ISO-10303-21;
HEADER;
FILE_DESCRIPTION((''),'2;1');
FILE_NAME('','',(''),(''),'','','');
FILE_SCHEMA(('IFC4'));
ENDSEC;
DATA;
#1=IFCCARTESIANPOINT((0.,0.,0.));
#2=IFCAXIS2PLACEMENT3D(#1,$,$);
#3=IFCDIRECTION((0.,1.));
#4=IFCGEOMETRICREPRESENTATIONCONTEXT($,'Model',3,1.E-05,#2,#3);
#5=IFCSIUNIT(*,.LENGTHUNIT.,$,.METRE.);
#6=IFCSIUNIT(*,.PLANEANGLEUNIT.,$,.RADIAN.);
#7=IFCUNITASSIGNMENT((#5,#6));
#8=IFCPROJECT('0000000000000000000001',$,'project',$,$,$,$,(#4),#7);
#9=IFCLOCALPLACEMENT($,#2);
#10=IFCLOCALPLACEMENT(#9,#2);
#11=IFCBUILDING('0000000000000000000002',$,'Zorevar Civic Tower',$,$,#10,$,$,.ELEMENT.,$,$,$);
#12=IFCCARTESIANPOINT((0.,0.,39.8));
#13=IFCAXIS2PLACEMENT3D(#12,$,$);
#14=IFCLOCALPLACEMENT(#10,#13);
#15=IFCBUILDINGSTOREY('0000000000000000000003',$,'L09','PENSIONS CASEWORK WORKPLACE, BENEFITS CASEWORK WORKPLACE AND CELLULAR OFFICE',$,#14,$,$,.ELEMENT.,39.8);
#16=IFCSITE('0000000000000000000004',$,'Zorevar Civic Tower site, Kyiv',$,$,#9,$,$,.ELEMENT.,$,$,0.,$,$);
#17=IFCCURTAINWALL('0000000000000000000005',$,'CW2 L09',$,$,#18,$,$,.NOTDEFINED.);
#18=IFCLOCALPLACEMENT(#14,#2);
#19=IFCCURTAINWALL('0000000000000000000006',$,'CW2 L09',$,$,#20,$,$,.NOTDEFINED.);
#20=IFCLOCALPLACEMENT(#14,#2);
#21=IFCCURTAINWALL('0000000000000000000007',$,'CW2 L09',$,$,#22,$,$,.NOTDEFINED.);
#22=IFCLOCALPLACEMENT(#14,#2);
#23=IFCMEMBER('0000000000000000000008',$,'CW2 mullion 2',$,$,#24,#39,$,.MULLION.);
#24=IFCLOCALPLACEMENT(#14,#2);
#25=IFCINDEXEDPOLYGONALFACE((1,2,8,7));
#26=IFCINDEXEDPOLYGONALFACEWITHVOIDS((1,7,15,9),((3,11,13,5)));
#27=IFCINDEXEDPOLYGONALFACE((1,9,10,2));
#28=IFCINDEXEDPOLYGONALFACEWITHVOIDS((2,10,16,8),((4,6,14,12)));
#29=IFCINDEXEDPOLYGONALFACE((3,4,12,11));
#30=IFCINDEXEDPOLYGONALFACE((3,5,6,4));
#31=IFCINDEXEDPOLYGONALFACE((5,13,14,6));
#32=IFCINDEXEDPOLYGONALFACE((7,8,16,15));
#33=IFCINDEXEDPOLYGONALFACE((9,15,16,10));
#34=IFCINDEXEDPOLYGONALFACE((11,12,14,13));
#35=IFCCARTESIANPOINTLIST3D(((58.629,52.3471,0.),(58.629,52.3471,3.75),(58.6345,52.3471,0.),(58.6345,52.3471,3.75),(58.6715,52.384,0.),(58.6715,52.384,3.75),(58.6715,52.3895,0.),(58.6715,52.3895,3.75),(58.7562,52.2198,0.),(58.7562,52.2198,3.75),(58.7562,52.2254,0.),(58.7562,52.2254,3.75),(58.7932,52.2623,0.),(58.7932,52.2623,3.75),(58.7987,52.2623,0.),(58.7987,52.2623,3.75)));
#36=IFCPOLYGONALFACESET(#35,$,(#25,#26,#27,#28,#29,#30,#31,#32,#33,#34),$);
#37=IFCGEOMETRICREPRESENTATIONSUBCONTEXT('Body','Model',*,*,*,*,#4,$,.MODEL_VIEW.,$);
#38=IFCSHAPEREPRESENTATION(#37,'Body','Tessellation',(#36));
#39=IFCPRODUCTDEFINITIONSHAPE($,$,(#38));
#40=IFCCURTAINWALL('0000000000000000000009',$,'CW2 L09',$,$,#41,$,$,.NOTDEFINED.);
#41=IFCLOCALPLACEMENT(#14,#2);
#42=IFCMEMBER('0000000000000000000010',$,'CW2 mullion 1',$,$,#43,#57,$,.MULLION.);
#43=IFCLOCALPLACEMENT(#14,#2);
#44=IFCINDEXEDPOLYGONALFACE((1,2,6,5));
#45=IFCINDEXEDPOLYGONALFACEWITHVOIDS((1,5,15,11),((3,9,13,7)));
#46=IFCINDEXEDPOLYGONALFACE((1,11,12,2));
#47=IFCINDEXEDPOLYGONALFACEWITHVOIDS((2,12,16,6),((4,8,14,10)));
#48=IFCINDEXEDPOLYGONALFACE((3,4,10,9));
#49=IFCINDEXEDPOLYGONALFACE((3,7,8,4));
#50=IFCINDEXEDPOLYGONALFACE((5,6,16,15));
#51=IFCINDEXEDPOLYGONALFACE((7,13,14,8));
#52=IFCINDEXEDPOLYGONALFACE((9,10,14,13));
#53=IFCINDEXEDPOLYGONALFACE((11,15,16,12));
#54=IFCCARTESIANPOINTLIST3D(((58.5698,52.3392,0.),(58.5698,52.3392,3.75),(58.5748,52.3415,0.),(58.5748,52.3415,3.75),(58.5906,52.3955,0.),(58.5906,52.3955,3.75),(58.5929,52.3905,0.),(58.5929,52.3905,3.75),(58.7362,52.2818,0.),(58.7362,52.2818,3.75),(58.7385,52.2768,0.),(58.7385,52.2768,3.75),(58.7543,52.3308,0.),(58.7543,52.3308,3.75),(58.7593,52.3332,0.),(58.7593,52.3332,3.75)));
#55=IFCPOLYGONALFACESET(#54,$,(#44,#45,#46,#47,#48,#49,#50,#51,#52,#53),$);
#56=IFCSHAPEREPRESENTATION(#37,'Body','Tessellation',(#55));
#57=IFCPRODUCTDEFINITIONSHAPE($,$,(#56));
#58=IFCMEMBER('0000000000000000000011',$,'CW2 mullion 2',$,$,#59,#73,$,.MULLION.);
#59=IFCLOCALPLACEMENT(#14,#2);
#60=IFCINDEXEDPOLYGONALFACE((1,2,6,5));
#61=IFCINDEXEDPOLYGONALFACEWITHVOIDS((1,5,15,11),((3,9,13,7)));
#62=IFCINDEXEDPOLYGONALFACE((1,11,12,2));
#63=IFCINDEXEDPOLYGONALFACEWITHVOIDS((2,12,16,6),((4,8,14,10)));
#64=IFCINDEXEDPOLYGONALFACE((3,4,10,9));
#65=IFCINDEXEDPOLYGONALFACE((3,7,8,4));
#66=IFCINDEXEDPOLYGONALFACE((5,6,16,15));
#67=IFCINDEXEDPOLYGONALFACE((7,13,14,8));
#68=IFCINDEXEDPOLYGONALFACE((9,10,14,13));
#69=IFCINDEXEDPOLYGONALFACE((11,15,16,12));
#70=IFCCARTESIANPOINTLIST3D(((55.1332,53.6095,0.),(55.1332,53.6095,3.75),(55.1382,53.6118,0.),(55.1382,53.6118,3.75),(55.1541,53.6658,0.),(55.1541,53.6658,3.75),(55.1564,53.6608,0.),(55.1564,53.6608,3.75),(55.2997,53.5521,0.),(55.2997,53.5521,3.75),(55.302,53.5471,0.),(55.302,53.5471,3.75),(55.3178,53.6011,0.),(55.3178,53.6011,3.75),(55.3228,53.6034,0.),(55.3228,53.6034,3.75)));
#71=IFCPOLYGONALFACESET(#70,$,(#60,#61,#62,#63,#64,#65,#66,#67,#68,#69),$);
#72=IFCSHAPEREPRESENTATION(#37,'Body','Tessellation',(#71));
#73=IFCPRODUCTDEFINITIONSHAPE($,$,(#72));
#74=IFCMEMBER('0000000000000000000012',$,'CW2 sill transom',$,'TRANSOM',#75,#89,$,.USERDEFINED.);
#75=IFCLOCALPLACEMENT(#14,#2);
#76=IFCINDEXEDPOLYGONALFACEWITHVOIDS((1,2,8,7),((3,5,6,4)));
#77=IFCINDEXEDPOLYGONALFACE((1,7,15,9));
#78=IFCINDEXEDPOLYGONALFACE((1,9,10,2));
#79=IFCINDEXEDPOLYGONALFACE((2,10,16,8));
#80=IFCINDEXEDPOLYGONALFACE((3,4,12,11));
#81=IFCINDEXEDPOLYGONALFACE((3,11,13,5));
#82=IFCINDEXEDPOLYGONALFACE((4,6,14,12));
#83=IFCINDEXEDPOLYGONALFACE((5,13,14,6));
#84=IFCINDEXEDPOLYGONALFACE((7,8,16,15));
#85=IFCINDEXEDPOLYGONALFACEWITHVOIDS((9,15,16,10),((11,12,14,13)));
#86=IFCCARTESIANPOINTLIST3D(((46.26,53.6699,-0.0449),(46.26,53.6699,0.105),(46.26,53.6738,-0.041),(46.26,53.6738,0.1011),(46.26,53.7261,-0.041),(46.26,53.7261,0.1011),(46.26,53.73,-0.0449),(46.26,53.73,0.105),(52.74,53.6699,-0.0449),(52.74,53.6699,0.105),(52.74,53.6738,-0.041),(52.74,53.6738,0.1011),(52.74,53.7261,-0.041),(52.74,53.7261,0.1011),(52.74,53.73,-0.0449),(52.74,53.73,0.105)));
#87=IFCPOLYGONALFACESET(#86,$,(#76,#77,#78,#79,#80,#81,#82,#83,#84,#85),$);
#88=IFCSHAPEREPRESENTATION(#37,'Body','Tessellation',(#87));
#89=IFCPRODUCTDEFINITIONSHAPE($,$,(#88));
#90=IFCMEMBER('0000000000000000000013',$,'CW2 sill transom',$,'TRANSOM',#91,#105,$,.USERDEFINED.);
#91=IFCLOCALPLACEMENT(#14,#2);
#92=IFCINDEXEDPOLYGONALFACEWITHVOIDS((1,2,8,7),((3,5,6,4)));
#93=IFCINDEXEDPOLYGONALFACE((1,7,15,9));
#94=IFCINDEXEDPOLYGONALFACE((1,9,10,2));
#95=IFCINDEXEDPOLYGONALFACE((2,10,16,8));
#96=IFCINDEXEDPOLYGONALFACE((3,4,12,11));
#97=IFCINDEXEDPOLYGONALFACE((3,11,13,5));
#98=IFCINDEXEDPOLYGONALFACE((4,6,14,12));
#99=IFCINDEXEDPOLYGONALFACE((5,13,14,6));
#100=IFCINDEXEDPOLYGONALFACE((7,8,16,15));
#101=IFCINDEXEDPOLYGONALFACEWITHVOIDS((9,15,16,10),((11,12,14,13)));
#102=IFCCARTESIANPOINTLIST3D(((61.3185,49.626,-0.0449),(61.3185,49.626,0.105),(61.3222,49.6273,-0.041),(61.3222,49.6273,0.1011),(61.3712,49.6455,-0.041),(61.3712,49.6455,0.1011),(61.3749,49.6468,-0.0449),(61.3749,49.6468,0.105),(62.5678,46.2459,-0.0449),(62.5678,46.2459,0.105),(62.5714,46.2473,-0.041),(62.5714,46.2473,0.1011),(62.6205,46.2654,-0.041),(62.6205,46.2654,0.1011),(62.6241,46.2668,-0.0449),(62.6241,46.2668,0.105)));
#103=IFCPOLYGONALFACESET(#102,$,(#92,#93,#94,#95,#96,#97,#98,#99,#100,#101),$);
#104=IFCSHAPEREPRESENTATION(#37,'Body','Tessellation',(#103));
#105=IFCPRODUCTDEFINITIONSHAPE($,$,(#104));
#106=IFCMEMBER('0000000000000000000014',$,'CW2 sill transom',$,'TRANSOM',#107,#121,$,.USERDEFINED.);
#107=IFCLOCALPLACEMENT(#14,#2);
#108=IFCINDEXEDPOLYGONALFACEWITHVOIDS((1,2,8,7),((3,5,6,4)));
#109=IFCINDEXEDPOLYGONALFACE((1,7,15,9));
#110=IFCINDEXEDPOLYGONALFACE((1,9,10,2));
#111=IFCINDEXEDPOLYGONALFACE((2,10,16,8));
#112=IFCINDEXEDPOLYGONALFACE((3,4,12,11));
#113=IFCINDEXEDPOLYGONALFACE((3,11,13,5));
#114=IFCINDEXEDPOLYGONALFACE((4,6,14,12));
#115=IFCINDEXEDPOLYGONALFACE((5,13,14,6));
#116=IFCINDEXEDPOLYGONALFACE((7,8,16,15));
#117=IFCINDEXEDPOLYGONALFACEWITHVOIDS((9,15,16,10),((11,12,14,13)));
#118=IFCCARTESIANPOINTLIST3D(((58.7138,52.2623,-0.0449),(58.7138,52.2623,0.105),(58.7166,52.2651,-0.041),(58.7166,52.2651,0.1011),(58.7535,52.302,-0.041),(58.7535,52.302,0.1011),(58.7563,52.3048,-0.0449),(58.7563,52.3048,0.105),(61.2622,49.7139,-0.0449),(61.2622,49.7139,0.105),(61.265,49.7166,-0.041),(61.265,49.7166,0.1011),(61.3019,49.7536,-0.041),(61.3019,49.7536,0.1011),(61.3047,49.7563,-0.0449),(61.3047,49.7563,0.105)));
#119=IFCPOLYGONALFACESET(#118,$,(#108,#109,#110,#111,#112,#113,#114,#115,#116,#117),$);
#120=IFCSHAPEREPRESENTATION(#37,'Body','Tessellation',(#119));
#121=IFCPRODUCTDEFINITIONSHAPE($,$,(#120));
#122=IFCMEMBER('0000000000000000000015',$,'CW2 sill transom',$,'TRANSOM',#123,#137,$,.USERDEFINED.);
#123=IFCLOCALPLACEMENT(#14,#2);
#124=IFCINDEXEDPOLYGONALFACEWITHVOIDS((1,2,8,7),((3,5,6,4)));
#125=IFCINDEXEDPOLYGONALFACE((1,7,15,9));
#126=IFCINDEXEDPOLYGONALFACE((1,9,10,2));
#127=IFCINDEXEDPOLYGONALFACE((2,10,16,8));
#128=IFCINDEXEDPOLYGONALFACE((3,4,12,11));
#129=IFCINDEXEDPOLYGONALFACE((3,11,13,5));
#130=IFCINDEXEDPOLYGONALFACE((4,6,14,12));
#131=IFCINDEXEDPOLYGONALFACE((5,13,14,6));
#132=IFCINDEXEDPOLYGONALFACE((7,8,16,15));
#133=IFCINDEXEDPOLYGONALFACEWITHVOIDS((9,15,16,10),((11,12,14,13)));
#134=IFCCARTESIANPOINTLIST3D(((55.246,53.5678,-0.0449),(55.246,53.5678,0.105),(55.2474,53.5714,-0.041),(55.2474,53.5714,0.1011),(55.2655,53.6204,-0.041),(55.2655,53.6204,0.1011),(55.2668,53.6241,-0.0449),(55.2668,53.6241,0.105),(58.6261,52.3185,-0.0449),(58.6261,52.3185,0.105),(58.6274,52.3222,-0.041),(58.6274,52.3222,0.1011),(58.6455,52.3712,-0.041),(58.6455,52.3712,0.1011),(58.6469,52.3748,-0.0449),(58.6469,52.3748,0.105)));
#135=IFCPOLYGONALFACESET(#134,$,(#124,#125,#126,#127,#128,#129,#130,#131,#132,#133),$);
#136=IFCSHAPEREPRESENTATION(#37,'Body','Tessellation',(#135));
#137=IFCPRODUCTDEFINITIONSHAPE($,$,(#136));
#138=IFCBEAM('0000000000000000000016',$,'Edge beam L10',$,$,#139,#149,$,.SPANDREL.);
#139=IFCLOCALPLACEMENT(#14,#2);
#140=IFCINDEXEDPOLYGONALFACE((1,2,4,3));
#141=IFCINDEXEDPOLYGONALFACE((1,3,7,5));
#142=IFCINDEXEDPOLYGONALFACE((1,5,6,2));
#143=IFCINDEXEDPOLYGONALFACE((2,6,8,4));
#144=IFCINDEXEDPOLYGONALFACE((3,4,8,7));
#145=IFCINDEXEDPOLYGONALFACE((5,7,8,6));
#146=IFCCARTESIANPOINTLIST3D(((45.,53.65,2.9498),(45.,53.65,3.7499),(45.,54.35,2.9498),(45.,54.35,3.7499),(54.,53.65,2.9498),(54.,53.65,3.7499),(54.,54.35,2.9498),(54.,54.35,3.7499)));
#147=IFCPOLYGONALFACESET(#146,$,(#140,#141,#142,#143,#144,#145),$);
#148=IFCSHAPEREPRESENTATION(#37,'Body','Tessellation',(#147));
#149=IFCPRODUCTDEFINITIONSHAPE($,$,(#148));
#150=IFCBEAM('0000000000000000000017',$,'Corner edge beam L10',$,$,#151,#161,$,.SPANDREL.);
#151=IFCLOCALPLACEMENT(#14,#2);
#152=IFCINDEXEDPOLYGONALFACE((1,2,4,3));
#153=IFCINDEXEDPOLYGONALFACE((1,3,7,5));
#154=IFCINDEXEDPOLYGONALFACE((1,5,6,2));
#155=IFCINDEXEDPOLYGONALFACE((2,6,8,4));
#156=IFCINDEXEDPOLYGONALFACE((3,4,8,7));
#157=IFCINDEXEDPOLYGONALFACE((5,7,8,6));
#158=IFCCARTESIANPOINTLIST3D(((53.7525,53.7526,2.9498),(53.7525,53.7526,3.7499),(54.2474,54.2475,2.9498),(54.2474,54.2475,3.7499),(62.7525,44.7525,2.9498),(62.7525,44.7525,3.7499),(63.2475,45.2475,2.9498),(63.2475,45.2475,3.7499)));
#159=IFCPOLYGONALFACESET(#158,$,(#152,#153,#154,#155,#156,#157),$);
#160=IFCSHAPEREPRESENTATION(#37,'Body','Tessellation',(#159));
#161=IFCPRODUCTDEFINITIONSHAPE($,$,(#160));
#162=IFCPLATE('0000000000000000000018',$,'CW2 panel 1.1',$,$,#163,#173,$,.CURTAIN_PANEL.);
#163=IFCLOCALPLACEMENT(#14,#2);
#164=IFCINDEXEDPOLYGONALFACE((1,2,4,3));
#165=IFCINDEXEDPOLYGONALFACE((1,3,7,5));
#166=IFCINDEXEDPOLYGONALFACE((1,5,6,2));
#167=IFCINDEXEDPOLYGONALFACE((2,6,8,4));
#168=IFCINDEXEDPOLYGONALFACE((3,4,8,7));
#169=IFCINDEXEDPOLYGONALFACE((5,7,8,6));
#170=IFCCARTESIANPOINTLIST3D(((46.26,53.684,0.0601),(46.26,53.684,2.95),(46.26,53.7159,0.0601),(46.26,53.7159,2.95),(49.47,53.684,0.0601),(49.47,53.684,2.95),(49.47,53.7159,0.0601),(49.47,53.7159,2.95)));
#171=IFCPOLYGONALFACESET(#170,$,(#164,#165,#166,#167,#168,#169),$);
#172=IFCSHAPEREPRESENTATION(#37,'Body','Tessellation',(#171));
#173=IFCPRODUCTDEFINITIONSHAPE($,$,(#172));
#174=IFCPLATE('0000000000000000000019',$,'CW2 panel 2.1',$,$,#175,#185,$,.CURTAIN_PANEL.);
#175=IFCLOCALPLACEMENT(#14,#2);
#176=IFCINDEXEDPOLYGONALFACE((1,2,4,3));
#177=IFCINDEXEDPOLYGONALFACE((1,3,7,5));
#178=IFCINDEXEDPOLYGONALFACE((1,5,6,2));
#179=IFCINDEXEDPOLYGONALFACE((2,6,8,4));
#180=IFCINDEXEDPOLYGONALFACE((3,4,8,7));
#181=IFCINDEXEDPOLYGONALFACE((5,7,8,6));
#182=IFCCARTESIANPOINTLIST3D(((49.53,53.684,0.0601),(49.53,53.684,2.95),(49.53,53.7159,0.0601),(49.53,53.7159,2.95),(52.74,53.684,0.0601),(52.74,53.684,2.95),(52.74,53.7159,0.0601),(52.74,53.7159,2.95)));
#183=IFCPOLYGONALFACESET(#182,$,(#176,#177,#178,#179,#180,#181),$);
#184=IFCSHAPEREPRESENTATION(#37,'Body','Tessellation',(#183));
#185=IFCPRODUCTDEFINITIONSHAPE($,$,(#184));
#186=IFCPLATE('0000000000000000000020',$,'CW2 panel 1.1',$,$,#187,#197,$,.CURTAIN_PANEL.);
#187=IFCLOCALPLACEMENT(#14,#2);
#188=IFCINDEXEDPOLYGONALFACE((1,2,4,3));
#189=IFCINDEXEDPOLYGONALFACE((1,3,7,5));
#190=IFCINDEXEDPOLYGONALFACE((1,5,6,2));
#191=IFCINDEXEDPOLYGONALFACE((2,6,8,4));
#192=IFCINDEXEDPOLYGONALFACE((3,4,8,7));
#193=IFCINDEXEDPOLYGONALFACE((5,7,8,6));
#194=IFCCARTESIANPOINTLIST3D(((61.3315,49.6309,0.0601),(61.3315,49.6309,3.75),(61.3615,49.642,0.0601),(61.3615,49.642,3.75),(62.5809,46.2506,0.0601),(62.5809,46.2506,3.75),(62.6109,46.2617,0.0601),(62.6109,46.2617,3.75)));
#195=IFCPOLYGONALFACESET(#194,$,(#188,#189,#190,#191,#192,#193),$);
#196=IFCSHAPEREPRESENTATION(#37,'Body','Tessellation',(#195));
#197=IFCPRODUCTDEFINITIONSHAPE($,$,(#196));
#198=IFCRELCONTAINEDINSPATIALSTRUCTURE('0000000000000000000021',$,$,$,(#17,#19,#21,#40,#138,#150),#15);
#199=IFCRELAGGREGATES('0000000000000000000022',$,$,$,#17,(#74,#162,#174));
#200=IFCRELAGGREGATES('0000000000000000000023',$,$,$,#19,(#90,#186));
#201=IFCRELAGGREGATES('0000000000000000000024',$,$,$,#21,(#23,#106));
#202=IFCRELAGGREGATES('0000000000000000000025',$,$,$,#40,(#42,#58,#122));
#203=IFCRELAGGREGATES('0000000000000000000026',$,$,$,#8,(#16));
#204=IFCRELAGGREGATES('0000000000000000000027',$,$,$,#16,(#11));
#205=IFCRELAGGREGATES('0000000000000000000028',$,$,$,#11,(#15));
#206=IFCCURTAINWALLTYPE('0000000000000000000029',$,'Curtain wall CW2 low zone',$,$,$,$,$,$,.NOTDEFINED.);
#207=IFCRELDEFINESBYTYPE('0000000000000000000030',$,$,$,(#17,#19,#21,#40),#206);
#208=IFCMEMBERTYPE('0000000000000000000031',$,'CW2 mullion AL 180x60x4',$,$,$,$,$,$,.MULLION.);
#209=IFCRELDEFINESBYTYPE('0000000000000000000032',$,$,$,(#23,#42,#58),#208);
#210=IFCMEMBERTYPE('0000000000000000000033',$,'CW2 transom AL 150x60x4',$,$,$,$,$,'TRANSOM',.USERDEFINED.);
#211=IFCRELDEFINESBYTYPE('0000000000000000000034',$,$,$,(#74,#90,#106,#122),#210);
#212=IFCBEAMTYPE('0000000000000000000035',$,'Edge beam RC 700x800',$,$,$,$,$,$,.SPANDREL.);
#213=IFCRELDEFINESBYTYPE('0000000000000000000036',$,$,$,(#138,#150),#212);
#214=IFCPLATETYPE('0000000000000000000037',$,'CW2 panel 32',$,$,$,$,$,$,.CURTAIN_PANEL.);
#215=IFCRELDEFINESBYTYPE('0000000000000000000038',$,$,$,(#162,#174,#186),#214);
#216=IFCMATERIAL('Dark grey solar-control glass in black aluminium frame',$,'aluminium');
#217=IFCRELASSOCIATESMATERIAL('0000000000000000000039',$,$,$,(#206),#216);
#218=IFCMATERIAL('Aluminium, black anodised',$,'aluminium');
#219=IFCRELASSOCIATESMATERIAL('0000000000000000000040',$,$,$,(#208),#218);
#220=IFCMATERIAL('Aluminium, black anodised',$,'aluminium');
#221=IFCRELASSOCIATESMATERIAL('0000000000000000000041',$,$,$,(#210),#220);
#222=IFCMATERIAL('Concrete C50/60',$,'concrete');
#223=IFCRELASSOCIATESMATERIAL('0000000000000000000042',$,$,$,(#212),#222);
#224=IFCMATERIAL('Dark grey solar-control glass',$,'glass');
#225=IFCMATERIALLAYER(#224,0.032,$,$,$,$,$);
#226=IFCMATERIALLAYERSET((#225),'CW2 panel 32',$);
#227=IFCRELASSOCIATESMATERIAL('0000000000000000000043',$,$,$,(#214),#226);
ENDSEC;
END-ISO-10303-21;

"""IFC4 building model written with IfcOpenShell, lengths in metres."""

from ifc_helpers import new_model, si_unit, direction, frame, origin, origin_2d, place, context, subcontext, project, spatial, rectangle, hollow_rectangle, extrude, material, layer, layer_set, material_profile, profile_set, type_object, element, aggregate, save


model = new_model("IFC4")

# Units and contexts
model_context = context("Model", 3, precision=1e-05, world=origin(), true_north=direction((0.0, 1.0)))
body_context = subcontext(model_context, "Body", "Model", "MODEL_VIEW")
ifc_project = project(units=[si_unit("LENGTHUNIT", "METRE"), si_unit("PLANEANGLEUNIT", "RADIAN")], contexts=[model_context])

# Site, building, storey
site_placement = place(None, origin())
site = spatial("IfcSite", under=ifc_project, at=site_placement, Name="Zorevar Civic Tower site, Kyiv", CompositionType="ELEMENT", RefElevation=0.0)
building_placement = place(site_placement, origin())
building = spatial("IfcBuilding", under=site, at=building_placement, Name="Zorevar Civic Tower", CompositionType="ELEMENT")
storey_placement = place(building_placement, frame((0.0, 0.0, 39.8)))
storey = spatial("IfcBuildingStorey", under=building, at=storey_placement, Name="L09", Description="PENSIONS CASEWORK WORKPLACE, BENEFITS CASEWORK WORKPLACE AND CELLULAR OFFICE", CompositionType="ELEMENT", Elevation=39.8)

# Curtain walls, members
ifc_material_1 = material(Name="Dark grey solar-control glass in black aluminium frame", Category="aluminium")
curtain_wall_type = type_object("IfcCurtainWallType", Name="Curtain wall CW2 low zone", PredefinedType="NOTDEFINED", material=ifc_material_1)
curtain_wall_1_placement = place(storey_placement, origin())
curtain_wall_1 = element("IfcCurtainWall", 1, at=curtain_wall_1_placement, inside=storey, type_object=curtain_wall_type, Name="CW2 L09", PredefinedType="NOTDEFINED")
ifc_material_2 = material(Name="Aluminium, black anodised", Category="aluminium")
ifc_material_profile_1 = material_profile(ifc_material_2, hollow_rectangle(XDim=0.0601, YDim=0.1799, WallThickness=0.0039, at=origin_2d()), Name="AL 180x60x4")
ifc_profile_set_1 = profile_set([ifc_material_profile_1], Name="Aluminium, black anodised")
member_type_1 = type_object("IfcMemberType", Name="CW2 mullion AL 180x60x4", PredefinedType="MULLION", material=ifc_profile_set_1)
curtain_wall_2_placement = place(storey_placement, origin())
curtain_wall_2 = element("IfcCurtainWall", 2, at=curtain_wall_2_placement, inside=storey, type_object=curtain_wall_type, Name="CW2 L09", PredefinedType="NOTDEFINED")
curtain_wall_3_placement = place(storey_placement, origin())
curtain_wall_3 = element("IfcCurtainWall", 3, at=curtain_wall_3_placement, inside=storey, type_object=curtain_wall_type, Name="CW2 L09", PredefinedType="NOTDEFINED")
member_1_placement = place(storey_placement, frame((58.7139, 52.3047, 0.0), z_axis=(0.0, 0.0, 1.0), x_axis=(-0.707107, -0.707107, 0.0)))
member_1 = element("IfcMember", 4, at=member_1_placement, type_object=member_type_1, Name="CW2 mullion 2", PredefinedType="MULLION", context=body_context, shape_type="SweptSolid", body=[
    extrude(hollow_rectangle(XDim=0.0601, YDim=0.1799, WallThickness=0.0039, at=origin_2d()), origin(), (0.0, 0.0, 1.0), 3.75),
])
curtain_wall_4_placement = place(storey_placement, origin())
curtain_wall_4 = element("IfcCurtainWall", 5, at=curtain_wall_4_placement, inside=storey, type_object=curtain_wall_type, Name="CW2 L09", PredefinedType="NOTDEFINED")
member_2_placement = place(storey_placement, frame((58.6646, 52.3362, 0.0), z_axis=(0.0, 0.0, 1.0), x_axis=(-0.346704, -0.937975, 0.0)))
member_2 = element("IfcMember", 6, at=member_2_placement, type_object=member_type_1, Name="CW2 mullion 1", PredefinedType="MULLION", context=body_context, shape_type="SweptSolid", body=[
    extrude(hollow_rectangle(XDim=0.0601, YDim=0.1799, WallThickness=0.0039, at=origin_2d()), origin(), (0.0, 0.0, 1.0), 3.75),
])
member_3_placement = place(storey_placement, frame((55.228, 53.6064, 0.0), z_axis=(0.0, 0.0, 1.0), x_axis=(-0.346704, -0.937975, 0.0)))
member_3 = element("IfcMember", 7, at=member_3_placement, type_object=member_type_1, Name="CW2 mullion 2", PredefinedType="MULLION", context=body_context, shape_type="SweptSolid", body=[
    extrude(hollow_rectangle(XDim=0.0601, YDim=0.1799, WallThickness=0.0039, at=origin_2d()), origin(), (0.0, 0.0, 1.0), 3.75),
])

# Members
ifc_material_3 = material(Name="Aluminium, black anodised", Category="aluminium")
ifc_material_profile_2 = material_profile(ifc_material_3, hollow_rectangle(XDim=0.0601, YDim=0.1499, WallThickness=0.0039, at=origin_2d()), Name="AL 150x60x4")
ifc_profile_set_2 = profile_set([ifc_material_profile_2], Name="Aluminium, black anodised")
member_type_2 = type_object("IfcMemberType", Name="CW2 transom AL 150x60x4", ElementType="TRANSOM", PredefinedType="USERDEFINED", material=ifc_profile_set_2)
member_4_placement = place(storey_placement, frame((46.26, 53.7, 0.03), z_axis=(1.0, 0.0, 0.0), x_axis=(0.0, 1.0, 0.0)))
member_4 = element("IfcMember", 8, at=member_4_placement, type_object=member_type_2, Name="CW2 sill transom", ObjectType="TRANSOM", PredefinedType="USERDEFINED", context=body_context, shape_type="SweptSolid", body=[
    extrude(hollow_rectangle(XDim=0.0601, YDim=0.1499, WallThickness=0.0039, at=origin_2d()), origin(), (0.0, 0.0, 1.0), 6.48),
])
member_5_placement = place(storey_placement, frame((62.5959, 46.2563, 0.03), z_axis=(-0.346672, 0.937986, 0.0), x_axis=(-0.937986, -0.346672, 0.0)))
member_5 = element("IfcMember", 9, at=member_5_placement, type_object=member_type_2, Name="CW2 sill transom", ObjectType="TRANSOM", PredefinedType="USERDEFINED", context=body_context, shape_type="SweptSolid", body=[
    extrude(hollow_rectangle(XDim=0.0601, YDim=0.1499, WallThickness=0.0039, at=origin_2d()), origin(), (0.0, 0.0, 1.0), 3.6035),
])
member_6_placement = place(storey_placement, frame((61.2834, 49.7351, 0.03), z_axis=(-0.707107, 0.707107, 0.0), x_axis=(-0.707107, -0.707107, 0.0)))
member_6 = element("IfcMember", 10, at=member_6_placement, type_object=member_type_2, Name="CW2 sill transom", ObjectType="TRANSOM", PredefinedType="USERDEFINED", context=body_context, shape_type="SweptSolid", body=[
    extrude(hollow_rectangle(XDim=0.0601, YDim=0.1499, WallThickness=0.0039, at=origin_2d()), origin(), (0.0, 0.0, 1.0), 3.604),
])
member_7_placement = place(storey_placement, frame((58.6365, 52.3467, 0.03), z_axis=(-0.937986, 0.346672, 0.0), x_axis=(-0.346672, -0.937986, 0.0)))
member_7 = element("IfcMember", 11, at=member_7_placement, type_object=member_type_2, Name="CW2 sill transom", ObjectType="TRANSOM", PredefinedType="USERDEFINED", context=body_context, shape_type="SweptSolid", body=[
    extrude(hollow_rectangle(XDim=0.0601, YDim=0.1499, WallThickness=0.0039, at=origin_2d()), origin(), (0.0, 0.0, 1.0), 3.6035),
])

# Beams
ifc_material_4 = material(Name="Concrete C50/60", Category="concrete")
ifc_material_profile_3 = material_profile(ifc_material_4, rectangle(XDim=0.7, YDim=0.8, at=origin_2d()), Name="RC 700x800")
ifc_profile_set_3 = profile_set([ifc_material_profile_3], Name="Concrete C50/60")
beam_type_1 = type_object("IfcBeamType", Name="Edge beam RC 700x800", PredefinedType="SPANDREL", material=ifc_profile_set_3)
beam_1_placement = place(storey_placement, frame((45.0, 54.0, 3.3499), z_axis=(1.0, 0.0, 0.0), x_axis=(0.0, 1.0, 0.0)))
element("IfcBeam", 12, at=beam_1_placement, inside=storey, type_object=beam_type_1, Name="Edge beam L10", PredefinedType="SPANDREL", context=body_context, shape_type="SweptSolid", body=[
    extrude(rectangle(XDim=0.7, YDim=0.8, at=origin_2d()), origin(), (0.0, 0.0, 1.0), 9.0),
])
beam_2_placement = place(storey_placement, frame((63.0, 45.0, 3.3499), z_axis=(-0.707107, 0.707107, 0.0), x_axis=(-0.707107, -0.707107, 0.0)))
element("IfcBeam", 13, at=beam_2_placement, inside=storey, type_object=beam_type_1, Name="Corner edge beam L10", PredefinedType="SPANDREL", context=body_context, shape_type="SweptSolid", body=[
    extrude(rectangle(XDim=0.7, YDim=0.8, at=origin_2d()), origin(), (0.0, 0.0, 1.0), 12.728),
])

# Plates
ifc_material_5 = material(Name="Dark grey solar-control glass", Category="glass")
ifc_layer_1 = layer(ifc_material_5, 0.032)
ifc_layer_set_1 = layer_set([ifc_layer_1], Name="CW2 panel 32")
plate_type = type_object("IfcPlateType", Name="CW2 panel 32", PredefinedType="CURTAIN_PANEL", material=ifc_layer_set_1)
plate_1_placement = place(storey_placement, frame((47.865, 53.7, 0.0601), z_axis=(0.0, 0.0, 1.0), x_axis=(1.0, 0.0, 0.0)))
plate_1 = element("IfcPlate", 14, at=plate_1_placement, type_object=plate_type, Name="CW2 panel 1.1", PredefinedType="CURTAIN_PANEL", context=body_context, shape_type="SweptSolid", body=[
    extrude(rectangle(XDim=3.21, YDim=0.032, at=origin_2d()), origin(), (0.0, 0.0, 1.0), 2.8899),
])
plate_2_placement = place(storey_placement, frame((51.135, 53.7, 0.0601), z_axis=(0.0, 0.0, 1.0), x_axis=(1.0, 0.0, 0.0)))
plate_2 = element("IfcPlate", 15, at=plate_2_placement, type_object=plate_type, Name="CW2 panel 2.1", PredefinedType="CURTAIN_PANEL", context=body_context, shape_type="SweptSolid", body=[
    extrude(rectangle(XDim=3.21, YDim=0.032, at=origin_2d()), origin(), (0.0, 0.0, 1.0), 2.8899),
])
aggregate(curtain_wall_1, [member_4, plate_1, plate_2])
plate_3_placement = place(storey_placement, frame((61.9712, 47.9463, 0.0601), z_axis=(0.0, 0.0, 1.0), x_axis=(-0.346704, 0.937975, 0.0)))
plate_3 = element("IfcPlate", 16, at=plate_3_placement, type_object=plate_type, Name="CW2 panel 1.1", PredefinedType="CURTAIN_PANEL", context=body_context, shape_type="SweptSolid", body=[
    extrude(rectangle(XDim=3.6038, YDim=0.032, at=origin_2d()), origin(), (0.0, 0.0, 1.0), 3.6899),
])
aggregate(curtain_wall_2, [member_5, plate_3])
aggregate(curtain_wall_3, [member_1, member_6])
aggregate(curtain_wall_4, [member_2, member_3, member_7])

save(model, "model.ifc")
